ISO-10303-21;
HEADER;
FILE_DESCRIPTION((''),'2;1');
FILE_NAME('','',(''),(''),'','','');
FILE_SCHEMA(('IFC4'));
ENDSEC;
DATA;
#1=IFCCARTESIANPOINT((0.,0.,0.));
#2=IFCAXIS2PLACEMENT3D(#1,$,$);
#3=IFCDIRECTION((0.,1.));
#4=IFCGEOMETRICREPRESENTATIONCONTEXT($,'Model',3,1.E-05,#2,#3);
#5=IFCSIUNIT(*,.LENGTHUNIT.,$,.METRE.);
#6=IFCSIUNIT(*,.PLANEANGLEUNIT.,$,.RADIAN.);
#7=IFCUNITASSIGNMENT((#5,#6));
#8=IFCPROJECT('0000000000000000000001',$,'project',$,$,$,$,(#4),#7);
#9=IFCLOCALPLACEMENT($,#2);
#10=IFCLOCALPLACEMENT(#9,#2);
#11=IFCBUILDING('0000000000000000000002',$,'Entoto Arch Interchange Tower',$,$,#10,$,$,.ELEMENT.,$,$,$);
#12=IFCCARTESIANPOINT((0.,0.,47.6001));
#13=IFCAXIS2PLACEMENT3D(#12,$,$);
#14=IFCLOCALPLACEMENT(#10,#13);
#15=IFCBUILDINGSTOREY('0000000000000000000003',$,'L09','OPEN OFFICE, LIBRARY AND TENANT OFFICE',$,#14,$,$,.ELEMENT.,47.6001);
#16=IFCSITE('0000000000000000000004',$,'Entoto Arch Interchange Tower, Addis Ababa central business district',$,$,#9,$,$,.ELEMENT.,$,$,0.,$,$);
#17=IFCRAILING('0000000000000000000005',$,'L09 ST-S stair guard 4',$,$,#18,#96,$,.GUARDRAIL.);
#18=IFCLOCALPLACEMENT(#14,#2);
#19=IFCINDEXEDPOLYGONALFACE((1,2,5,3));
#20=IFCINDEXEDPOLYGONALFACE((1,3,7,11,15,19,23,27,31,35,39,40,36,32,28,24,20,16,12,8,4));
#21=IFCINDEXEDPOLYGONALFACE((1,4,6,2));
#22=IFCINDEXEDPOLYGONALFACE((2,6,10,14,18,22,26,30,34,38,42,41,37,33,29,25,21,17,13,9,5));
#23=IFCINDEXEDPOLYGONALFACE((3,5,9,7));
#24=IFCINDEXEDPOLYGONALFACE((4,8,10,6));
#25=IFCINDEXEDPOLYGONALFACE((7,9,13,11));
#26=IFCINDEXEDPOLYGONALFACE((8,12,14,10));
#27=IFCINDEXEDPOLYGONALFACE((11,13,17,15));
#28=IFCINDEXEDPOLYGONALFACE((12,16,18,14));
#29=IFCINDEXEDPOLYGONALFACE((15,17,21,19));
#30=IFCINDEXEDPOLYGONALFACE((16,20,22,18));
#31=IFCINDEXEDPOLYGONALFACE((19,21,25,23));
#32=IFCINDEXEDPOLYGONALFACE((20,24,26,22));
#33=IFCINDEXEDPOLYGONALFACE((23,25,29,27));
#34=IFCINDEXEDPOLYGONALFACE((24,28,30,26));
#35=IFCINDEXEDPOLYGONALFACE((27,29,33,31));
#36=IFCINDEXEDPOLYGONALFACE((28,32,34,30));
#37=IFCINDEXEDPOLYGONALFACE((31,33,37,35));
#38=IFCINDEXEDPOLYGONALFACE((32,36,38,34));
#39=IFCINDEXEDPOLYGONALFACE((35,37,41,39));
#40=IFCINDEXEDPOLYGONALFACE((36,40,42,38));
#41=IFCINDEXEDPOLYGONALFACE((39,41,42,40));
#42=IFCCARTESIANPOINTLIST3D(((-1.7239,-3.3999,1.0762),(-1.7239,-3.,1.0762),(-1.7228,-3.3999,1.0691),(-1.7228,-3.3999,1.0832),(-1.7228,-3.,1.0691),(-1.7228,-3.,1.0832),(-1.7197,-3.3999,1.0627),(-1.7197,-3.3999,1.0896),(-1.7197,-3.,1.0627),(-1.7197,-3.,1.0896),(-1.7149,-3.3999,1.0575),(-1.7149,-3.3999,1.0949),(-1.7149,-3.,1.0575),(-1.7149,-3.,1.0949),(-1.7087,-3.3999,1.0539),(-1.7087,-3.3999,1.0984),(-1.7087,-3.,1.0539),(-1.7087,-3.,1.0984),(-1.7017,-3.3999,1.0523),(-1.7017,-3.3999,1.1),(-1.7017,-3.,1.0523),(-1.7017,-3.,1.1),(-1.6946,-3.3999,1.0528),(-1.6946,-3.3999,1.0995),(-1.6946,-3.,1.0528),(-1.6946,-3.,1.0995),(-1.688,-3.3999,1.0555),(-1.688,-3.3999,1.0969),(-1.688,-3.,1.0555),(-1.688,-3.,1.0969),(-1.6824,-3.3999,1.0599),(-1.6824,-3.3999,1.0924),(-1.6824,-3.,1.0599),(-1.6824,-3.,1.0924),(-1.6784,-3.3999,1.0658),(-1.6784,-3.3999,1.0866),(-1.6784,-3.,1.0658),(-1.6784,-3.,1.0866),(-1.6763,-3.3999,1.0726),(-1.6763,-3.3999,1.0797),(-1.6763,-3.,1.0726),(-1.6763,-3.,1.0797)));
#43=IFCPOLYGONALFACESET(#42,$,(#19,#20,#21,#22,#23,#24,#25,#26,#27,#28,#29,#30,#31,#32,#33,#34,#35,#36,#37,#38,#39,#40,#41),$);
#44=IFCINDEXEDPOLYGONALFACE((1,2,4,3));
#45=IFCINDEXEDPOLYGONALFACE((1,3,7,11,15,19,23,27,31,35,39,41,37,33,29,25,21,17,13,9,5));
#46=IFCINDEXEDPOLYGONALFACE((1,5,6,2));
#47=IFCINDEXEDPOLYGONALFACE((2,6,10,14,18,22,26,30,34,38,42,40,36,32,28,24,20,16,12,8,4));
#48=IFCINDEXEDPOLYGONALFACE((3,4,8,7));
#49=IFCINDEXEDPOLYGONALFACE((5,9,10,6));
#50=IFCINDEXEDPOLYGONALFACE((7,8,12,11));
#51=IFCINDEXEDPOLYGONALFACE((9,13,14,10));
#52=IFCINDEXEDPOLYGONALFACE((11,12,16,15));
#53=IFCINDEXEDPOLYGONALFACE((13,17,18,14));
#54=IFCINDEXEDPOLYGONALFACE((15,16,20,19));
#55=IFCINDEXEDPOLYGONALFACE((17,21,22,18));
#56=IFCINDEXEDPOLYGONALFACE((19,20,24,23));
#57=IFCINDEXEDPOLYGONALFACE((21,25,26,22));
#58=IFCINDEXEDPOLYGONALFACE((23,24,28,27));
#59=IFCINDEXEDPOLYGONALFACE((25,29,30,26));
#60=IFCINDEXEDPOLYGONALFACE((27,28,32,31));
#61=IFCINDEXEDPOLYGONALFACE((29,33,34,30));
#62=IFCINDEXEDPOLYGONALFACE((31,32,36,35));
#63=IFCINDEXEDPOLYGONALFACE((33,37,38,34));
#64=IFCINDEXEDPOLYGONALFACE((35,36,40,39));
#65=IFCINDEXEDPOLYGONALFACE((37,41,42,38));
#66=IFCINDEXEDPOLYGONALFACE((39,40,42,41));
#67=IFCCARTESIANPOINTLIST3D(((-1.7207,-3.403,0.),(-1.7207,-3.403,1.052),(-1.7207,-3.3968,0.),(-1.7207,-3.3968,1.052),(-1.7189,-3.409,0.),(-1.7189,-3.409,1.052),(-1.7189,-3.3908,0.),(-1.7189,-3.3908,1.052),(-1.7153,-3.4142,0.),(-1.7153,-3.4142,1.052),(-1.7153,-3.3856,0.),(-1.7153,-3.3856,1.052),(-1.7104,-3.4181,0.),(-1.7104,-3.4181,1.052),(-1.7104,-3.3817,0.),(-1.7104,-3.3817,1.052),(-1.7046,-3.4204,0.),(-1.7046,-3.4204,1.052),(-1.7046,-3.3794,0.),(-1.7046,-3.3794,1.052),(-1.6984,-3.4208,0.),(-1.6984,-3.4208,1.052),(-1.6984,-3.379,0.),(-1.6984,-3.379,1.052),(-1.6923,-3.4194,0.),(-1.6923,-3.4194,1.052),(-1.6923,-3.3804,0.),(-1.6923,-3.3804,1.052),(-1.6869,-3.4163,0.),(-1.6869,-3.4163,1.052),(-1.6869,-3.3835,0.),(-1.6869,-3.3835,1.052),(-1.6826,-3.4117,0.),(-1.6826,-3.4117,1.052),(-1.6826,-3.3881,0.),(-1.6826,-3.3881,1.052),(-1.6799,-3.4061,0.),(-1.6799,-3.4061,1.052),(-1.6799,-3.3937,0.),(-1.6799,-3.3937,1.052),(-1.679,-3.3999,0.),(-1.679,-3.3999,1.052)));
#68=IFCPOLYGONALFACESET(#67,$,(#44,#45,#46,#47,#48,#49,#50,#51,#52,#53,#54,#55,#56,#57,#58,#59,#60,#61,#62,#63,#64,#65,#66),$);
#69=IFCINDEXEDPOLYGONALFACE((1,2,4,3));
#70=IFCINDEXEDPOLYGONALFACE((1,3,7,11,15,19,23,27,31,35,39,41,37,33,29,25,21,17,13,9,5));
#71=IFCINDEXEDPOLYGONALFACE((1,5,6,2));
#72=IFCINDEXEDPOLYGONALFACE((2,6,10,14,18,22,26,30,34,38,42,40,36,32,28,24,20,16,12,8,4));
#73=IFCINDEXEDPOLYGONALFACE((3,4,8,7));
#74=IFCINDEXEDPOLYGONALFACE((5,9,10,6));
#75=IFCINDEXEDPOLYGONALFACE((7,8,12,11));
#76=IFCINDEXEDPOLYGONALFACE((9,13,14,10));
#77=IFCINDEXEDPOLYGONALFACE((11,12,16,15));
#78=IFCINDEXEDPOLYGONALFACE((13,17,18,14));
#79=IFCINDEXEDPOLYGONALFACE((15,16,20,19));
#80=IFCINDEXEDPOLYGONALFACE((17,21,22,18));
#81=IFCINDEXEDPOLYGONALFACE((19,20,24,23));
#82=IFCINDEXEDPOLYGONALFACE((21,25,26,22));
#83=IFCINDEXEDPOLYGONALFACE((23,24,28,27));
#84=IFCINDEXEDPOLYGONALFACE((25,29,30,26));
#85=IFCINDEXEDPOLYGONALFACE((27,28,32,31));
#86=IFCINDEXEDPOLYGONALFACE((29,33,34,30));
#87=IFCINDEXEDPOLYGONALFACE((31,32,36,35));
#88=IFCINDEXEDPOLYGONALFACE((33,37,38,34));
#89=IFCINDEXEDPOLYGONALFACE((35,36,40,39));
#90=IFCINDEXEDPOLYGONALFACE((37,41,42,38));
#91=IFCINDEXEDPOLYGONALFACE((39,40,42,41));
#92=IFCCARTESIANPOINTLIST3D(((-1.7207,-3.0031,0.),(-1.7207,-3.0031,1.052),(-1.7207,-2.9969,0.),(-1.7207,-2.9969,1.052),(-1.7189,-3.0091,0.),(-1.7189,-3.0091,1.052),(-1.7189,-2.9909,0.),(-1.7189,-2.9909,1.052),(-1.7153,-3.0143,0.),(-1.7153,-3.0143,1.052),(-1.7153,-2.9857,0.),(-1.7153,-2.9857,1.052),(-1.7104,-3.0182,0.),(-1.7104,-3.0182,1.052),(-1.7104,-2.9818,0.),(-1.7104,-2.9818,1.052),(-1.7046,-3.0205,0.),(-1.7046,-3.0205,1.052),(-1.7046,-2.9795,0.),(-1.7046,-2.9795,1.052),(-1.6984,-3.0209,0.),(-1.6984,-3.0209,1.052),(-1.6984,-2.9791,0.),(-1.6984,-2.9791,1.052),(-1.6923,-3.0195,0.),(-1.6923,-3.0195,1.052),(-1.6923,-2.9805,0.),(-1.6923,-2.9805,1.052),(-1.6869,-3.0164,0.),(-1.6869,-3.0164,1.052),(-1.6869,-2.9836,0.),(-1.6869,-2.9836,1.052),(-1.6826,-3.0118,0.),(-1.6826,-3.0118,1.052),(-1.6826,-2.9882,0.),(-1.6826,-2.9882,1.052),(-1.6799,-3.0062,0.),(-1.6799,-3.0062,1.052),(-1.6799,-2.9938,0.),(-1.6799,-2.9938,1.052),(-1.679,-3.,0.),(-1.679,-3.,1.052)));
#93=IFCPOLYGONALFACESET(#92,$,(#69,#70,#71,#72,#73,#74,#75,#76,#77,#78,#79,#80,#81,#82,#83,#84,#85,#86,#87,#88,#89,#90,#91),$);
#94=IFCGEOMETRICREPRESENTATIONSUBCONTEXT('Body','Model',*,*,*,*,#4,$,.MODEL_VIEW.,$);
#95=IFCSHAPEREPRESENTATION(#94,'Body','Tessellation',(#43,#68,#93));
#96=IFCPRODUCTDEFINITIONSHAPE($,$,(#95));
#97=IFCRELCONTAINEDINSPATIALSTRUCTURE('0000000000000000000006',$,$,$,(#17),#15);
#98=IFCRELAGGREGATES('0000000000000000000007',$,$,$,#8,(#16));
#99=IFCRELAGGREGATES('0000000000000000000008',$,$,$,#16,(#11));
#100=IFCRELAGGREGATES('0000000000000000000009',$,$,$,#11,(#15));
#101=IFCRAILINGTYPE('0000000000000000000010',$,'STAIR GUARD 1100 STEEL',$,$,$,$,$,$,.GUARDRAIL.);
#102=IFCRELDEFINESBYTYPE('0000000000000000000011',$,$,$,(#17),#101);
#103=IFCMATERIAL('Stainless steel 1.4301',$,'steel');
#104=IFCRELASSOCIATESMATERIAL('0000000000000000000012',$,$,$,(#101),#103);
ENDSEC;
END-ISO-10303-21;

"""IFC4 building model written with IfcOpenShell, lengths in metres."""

from ifc_helpers import new_model, si_unit, direction, frame, origin, origin_2d, place, context, subcontext, project, spatial, circle, extrude, material, type_object, element, save


model = new_model("IFC4")

# Units and contexts
model_context = context("Model", 3, precision=1e-05, world=origin(), true_north=direction((0.0, 1.0)))
body_context = subcontext(model_context, "Body", "Model", "MODEL_VIEW")
ifc_project = project(units=[si_unit("LENGTHUNIT", "METRE"), si_unit("PLANEANGLEUNIT", "RADIAN")], contexts=[model_context])

# Site, building, storey
site_placement = place(None, origin())
site = spatial("IfcSite", under=ifc_project, at=site_placement, Name="Entoto Arch Interchange Tower, Addis Ababa central business district", CompositionType="ELEMENT", RefElevation=0.0)
building_placement = place(site_placement, origin())
building = spatial("IfcBuilding", under=site, at=building_placement, Name="Entoto Arch Interchange Tower", CompositionType="ELEMENT")
storey_placement = place(building_placement, frame((0.0, 0.0, 47.6001)))
storey = spatial("IfcBuildingStorey", under=building, at=storey_placement, Name="L09", Description="OPEN OFFICE, LIBRARY AND TENANT OFFICE", CompositionType="ELEMENT", Elevation=47.6001)

# Railing
ifc_material_1 = material(Name="Stainless steel 1.4301", Category="steel")
railing_type_1 = type_object("IfcRailingType", Name="STAIR GUARD 1100 STEEL", PredefinedType="GUARDRAIL", material=ifc_material_1)
railing_1_placement = place(storey_placement, frame((-1.7, -3.3999, 0.0)))
element("IfcRailing", 1, at=railing_1_placement, inside=storey, type_object=railing_type_1, Name="L09 ST-S stair guard 4", PredefinedType="GUARDRAIL", context=body_context, shape_type="SweptSolid", body=[
    extrude(circle(Radius=0.0239, at=origin_2d()), frame((0.0, 0.0, 1.0762), z_axis=(0.0, 1.0, 0.0), x_axis=(-1.0, 0.0, 0.0)), (0.0, 0.0, 1.0), 0.3999),
    extrude(circle(Radius=0.021, at=origin_2d()), origin(), (0.0, 0.0, 1.0), 1.052),
    extrude(circle(Radius=0.021, at=origin_2d()), frame((0.0, 0.3999, 0.0)), (0.0, 0.0, 1.0), 1.052),
])

save(model, "model.ifc")
